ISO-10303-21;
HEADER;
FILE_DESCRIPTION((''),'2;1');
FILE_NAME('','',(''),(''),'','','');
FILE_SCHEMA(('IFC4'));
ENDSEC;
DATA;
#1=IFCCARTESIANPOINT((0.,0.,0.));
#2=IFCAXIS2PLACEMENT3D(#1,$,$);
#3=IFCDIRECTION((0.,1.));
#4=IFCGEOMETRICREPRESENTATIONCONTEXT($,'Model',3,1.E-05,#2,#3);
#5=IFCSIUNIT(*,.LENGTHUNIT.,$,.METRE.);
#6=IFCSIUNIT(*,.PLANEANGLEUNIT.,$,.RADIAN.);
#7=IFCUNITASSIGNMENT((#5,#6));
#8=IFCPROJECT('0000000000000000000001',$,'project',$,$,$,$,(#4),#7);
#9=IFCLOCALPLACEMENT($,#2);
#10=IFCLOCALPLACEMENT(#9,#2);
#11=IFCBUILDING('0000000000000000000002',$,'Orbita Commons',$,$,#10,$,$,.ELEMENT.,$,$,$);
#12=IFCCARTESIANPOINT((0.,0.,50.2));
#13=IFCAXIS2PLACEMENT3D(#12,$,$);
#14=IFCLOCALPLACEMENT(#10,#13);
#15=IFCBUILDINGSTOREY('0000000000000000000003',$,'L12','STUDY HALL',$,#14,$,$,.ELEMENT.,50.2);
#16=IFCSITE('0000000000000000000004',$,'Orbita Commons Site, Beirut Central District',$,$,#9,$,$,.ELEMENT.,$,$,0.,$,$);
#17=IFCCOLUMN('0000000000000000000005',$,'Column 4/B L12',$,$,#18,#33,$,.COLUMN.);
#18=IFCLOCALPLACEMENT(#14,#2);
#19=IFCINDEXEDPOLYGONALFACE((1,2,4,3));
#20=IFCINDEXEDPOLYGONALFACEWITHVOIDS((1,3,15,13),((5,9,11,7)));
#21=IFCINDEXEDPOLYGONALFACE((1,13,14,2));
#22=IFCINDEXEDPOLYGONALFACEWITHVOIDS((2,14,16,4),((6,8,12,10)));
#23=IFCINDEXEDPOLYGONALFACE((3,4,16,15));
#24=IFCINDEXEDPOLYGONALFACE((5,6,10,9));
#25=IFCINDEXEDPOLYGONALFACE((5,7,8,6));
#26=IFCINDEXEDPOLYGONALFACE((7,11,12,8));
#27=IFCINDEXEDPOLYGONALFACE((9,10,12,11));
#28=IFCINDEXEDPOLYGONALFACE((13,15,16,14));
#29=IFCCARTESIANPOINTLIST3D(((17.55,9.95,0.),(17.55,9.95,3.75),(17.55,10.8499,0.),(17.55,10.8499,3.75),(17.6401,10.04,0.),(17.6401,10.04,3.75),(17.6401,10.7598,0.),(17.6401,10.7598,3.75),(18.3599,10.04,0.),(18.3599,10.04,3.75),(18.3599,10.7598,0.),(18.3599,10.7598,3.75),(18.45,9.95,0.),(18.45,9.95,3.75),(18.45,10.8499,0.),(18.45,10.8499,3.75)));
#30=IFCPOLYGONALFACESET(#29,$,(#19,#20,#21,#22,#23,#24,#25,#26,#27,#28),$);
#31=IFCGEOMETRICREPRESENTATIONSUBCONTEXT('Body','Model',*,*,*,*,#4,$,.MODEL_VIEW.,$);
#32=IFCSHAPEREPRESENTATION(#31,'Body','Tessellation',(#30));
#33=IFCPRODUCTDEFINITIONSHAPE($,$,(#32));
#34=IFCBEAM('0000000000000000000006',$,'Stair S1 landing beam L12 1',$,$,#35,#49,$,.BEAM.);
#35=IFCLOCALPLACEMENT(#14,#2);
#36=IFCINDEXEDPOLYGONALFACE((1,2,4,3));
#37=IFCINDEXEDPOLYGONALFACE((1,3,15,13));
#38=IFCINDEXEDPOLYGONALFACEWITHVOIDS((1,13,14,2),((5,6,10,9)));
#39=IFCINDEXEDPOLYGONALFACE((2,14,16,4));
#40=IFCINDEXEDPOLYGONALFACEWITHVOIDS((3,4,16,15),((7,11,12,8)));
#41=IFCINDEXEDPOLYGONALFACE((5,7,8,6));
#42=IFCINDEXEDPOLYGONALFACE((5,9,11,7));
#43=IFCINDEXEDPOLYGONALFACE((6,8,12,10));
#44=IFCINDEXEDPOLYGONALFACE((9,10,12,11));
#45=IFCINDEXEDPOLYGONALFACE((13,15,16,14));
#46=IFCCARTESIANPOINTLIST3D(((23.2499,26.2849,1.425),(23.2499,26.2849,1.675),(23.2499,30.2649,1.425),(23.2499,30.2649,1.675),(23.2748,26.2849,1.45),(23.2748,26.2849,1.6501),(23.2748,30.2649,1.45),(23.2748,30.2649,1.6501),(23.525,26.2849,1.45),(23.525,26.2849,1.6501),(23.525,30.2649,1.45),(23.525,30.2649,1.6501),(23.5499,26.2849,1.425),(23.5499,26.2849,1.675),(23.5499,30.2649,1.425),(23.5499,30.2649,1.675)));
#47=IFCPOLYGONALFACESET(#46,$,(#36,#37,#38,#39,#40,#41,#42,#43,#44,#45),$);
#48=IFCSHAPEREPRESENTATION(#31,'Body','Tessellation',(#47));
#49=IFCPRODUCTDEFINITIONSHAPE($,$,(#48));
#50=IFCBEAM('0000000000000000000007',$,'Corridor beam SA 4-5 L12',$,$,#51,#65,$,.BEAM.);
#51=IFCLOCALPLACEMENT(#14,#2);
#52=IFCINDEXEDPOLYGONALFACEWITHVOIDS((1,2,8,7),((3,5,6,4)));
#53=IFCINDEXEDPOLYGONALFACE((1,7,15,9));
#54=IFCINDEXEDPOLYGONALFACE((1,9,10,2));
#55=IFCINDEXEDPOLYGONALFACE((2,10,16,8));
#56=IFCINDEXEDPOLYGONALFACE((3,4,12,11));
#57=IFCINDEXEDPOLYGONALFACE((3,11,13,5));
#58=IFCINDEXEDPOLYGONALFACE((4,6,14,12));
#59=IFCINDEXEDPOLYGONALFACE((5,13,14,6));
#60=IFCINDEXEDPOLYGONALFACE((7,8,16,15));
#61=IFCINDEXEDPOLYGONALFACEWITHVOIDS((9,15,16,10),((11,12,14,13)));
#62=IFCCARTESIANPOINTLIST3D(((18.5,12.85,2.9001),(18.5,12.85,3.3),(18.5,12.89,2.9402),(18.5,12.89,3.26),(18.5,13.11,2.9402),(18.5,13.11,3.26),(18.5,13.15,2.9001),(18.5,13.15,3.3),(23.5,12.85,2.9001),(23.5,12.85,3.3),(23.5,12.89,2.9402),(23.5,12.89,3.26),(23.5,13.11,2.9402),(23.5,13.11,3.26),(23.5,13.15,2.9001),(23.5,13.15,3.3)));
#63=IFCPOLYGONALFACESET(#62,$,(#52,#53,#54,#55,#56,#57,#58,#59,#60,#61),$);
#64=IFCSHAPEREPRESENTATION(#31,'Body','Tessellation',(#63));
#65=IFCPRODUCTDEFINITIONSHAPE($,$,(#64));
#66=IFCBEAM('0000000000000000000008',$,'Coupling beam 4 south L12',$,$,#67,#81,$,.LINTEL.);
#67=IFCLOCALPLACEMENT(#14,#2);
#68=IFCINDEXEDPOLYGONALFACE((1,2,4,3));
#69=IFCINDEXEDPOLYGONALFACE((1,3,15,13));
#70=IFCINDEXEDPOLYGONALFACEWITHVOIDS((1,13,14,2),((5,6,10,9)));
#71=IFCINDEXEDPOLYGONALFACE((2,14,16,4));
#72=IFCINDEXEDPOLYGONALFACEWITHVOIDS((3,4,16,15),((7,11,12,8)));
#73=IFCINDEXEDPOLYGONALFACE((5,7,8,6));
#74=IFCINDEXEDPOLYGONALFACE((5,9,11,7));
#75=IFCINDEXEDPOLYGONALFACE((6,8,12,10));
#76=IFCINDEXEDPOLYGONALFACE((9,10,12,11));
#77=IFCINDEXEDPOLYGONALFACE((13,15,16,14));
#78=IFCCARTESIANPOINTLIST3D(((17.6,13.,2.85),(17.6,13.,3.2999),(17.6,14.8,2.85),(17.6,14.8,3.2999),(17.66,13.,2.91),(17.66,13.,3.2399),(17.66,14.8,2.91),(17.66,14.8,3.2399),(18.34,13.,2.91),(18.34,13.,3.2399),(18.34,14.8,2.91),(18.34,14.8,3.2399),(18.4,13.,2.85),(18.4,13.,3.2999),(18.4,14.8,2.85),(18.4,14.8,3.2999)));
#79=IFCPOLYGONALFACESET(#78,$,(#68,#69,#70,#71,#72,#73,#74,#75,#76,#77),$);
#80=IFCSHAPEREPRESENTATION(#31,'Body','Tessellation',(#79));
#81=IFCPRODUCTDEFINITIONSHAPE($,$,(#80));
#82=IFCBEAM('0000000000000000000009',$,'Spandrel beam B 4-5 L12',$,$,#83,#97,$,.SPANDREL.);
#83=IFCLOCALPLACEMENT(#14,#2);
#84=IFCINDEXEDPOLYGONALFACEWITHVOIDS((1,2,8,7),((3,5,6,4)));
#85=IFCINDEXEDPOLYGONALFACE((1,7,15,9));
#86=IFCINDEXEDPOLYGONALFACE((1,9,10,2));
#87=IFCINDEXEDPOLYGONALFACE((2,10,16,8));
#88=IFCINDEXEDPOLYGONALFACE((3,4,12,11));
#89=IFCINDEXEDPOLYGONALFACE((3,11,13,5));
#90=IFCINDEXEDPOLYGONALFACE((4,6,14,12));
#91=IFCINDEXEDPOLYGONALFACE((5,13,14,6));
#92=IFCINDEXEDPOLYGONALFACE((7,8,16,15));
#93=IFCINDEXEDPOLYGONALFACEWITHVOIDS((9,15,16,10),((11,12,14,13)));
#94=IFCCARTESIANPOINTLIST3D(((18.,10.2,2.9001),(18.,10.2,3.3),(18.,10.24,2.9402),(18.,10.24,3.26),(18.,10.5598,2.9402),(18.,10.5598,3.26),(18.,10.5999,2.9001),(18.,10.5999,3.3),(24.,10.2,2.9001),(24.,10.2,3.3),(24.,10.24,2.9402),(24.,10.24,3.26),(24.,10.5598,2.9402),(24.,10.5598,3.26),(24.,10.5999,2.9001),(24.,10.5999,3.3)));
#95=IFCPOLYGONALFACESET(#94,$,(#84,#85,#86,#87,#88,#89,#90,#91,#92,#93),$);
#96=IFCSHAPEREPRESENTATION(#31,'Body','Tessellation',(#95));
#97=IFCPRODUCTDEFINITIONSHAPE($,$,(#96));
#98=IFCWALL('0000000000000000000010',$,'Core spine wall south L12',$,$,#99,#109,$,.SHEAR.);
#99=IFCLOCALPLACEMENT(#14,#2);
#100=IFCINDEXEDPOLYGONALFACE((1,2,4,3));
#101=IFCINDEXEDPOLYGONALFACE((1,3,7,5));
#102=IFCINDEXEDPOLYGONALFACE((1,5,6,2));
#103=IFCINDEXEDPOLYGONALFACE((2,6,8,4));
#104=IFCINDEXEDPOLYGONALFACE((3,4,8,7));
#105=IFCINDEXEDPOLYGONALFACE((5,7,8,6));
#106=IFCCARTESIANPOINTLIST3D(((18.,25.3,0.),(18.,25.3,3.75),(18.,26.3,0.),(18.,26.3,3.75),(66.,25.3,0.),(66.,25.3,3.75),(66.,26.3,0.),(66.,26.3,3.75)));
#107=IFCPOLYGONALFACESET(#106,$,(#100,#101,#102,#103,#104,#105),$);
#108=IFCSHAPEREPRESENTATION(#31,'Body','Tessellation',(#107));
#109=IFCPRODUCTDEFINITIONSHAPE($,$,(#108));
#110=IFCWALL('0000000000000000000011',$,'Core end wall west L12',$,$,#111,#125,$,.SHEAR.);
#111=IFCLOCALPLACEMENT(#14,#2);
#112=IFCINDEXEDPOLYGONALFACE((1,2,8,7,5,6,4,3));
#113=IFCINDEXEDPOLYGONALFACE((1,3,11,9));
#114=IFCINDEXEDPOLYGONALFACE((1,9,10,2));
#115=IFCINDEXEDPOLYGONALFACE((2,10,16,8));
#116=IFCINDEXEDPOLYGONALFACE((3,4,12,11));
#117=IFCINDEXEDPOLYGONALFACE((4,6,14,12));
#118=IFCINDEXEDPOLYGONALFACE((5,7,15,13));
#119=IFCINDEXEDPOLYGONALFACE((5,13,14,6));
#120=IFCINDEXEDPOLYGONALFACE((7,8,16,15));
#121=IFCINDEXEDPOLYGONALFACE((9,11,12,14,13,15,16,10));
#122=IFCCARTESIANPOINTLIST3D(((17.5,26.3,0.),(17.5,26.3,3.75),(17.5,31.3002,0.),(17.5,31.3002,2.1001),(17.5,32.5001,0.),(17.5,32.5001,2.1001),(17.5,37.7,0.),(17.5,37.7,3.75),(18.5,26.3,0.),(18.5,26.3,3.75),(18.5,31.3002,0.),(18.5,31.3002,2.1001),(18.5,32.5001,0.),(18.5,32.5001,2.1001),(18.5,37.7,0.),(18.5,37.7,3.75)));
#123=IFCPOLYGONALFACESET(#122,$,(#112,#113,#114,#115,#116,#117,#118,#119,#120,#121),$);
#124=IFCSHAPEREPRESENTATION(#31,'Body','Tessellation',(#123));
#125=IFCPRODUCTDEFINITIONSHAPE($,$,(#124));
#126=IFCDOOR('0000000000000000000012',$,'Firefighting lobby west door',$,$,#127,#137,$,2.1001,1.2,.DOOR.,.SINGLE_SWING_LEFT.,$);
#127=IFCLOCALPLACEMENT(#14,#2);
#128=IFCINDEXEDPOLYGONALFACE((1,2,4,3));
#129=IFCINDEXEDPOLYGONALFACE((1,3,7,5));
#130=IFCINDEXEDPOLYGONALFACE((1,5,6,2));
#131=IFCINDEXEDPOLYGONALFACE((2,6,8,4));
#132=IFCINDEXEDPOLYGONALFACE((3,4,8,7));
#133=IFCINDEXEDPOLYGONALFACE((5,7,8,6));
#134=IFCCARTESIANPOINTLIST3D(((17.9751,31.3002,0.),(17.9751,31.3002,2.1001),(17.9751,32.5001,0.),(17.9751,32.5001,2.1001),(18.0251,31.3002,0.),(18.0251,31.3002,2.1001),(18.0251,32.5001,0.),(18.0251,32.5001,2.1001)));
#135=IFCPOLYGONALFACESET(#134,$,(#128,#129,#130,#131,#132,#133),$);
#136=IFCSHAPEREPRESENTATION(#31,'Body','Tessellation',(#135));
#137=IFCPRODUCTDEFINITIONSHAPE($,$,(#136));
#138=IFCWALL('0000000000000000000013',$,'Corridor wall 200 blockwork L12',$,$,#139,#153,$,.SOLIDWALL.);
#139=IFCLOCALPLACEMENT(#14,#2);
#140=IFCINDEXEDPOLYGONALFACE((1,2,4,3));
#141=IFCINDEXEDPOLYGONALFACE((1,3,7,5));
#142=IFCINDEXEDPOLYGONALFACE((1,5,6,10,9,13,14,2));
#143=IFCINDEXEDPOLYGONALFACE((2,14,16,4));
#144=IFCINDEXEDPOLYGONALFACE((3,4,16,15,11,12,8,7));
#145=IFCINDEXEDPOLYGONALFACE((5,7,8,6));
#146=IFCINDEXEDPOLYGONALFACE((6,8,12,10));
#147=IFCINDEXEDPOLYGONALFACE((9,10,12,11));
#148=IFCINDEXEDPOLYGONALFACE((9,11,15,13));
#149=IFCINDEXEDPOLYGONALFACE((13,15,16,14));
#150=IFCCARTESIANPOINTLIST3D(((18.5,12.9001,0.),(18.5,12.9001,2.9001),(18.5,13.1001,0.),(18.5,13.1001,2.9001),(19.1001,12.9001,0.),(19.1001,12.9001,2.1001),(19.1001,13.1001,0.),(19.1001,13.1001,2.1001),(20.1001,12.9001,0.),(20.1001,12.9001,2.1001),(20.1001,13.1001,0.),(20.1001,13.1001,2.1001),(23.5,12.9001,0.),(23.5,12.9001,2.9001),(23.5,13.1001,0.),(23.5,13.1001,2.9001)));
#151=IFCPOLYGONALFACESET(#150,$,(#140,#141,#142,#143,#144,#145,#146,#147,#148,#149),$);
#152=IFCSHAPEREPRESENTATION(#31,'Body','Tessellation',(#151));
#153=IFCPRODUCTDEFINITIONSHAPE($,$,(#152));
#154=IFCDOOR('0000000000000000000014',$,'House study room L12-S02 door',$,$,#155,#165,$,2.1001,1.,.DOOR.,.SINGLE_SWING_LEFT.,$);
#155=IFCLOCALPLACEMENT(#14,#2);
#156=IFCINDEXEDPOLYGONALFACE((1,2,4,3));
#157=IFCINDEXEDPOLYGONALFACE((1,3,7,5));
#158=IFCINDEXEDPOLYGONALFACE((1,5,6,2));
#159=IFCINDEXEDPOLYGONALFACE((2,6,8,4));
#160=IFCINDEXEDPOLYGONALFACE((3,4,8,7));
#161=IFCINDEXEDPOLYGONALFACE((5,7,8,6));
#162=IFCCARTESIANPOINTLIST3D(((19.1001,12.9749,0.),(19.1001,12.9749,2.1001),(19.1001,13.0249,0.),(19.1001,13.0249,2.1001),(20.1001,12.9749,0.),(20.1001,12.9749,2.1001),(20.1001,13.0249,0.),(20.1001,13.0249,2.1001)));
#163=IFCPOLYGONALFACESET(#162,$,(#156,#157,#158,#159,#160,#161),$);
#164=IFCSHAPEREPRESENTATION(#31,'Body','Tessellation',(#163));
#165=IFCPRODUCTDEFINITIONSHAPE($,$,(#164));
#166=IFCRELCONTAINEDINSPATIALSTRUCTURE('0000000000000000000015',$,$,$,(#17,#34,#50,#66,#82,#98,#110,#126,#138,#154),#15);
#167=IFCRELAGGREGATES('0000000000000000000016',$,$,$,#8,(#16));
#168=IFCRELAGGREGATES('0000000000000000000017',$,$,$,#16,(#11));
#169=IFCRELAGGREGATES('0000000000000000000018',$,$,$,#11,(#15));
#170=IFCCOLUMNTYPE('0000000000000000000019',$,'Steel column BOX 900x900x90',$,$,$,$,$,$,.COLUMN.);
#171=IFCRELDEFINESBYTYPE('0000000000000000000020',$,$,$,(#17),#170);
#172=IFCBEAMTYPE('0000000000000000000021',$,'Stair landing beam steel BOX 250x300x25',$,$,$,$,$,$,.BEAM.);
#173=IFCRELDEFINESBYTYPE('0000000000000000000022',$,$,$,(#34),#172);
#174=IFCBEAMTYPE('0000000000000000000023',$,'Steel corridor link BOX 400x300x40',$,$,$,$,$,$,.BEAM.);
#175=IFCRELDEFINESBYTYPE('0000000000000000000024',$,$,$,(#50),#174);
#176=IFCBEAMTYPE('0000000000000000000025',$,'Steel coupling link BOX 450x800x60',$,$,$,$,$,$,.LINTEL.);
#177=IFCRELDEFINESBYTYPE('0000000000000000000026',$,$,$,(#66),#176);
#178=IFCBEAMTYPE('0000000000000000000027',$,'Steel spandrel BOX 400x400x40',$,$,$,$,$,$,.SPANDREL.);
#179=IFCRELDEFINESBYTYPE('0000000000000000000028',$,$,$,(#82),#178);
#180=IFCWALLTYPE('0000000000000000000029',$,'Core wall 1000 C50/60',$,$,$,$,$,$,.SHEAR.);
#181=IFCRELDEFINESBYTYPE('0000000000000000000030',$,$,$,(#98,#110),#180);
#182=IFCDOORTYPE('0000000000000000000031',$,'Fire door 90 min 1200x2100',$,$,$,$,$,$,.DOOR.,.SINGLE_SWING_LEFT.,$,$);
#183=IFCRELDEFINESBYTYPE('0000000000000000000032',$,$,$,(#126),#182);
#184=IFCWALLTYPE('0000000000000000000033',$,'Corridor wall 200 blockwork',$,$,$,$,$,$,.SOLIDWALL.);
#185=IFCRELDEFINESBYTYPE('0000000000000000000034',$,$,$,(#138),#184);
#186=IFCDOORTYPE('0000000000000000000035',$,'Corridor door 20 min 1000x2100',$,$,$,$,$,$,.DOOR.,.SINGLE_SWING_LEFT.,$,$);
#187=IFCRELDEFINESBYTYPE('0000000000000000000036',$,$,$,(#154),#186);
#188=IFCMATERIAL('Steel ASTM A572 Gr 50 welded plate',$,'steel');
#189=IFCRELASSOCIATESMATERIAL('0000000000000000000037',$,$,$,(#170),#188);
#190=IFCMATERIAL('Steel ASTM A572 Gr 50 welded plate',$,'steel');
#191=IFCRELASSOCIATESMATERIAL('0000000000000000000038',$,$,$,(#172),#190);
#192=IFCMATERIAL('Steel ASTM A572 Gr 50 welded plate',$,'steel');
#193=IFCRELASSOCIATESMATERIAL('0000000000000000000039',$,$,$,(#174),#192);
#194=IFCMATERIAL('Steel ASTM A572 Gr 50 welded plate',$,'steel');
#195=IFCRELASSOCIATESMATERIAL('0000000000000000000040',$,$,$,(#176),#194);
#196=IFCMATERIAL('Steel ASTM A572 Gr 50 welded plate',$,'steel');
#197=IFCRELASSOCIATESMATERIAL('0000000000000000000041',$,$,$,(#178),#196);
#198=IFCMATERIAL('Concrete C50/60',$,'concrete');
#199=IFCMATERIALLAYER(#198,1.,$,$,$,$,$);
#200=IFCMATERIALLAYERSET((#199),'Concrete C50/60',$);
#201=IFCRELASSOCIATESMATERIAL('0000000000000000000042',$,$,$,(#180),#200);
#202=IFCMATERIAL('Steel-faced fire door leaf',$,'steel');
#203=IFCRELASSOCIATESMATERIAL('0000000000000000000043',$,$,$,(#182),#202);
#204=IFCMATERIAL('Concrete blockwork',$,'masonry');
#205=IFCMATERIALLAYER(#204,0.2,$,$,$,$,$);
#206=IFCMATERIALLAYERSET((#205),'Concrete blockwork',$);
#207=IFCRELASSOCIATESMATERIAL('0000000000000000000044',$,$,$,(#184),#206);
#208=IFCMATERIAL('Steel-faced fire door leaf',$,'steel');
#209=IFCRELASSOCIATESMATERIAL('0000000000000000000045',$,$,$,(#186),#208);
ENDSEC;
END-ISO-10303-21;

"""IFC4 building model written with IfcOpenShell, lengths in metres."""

from ifc_helpers import new_model, si_unit, direction, frame, frame_2d, origin, origin_2d, place, context, subcontext, project, spatial, polyline, rectangle, hollow_rectangle, outline, extrude, material, layer, layer_set, material_profile, profile_set, type_object, element, fill, save


model = new_model("IFC4")

# Units and contexts
model_context = context("Model", 3, precision=1e-05, world=origin(), true_north=direction((0.0, 1.0)))
body_context = subcontext(model_context, "Body", "Model", "MODEL_VIEW")
ifc_project = project(units=[si_unit("LENGTHUNIT", "METRE"), si_unit("PLANEANGLEUNIT", "RADIAN")], contexts=[model_context])

# Site, building, storey
site_placement = place(None, origin())
site = spatial("IfcSite", under=ifc_project, at=site_placement, Name="Orbita Commons Site, Beirut Central District", CompositionType="ELEMENT", RefElevation=0.0)
building_placement = place(site_placement, origin())
building = spatial("IfcBuilding", under=site, at=building_placement, Name="Orbita Commons", CompositionType="ELEMENT")
storey_placement = place(building_placement, frame((0.0, 0.0, 50.2)))
storey = spatial("IfcBuildingStorey", under=building, at=storey_placement, Name="L12", Description="STUDY HALL", CompositionType="ELEMENT", Elevation=50.2)

# Column
ifc_material_1 = material(Name="Steel ASTM A572 Gr 50 welded plate", Category="steel")
ifc_material_profile_1 = material_profile(ifc_material_1, hollow_rectangle(XDim=0.8999, YDim=0.8999, WallThickness=0.0901, at=origin_2d()), Name="BOX 900x900x90")
ifc_profile_set_1 = profile_set([ifc_material_profile_1], Name="Steel ASTM A572 Gr 50 welded plate")
column_type = type_object("IfcColumnType", Name="Steel column BOX 900x900x90", PredefinedType="COLUMN", material=ifc_profile_set_1)
column_placement = place(storey_placement, frame((18.0, 10.3999, 0.0), z_axis=(0.0, 0.0, 1.0), x_axis=(1.0, 0.0, 0.0)))
element("IfcColumn", 1, at=column_placement, inside=storey, type_object=column_type, Name="Column 4/B L12", PredefinedType="COLUMN", context=body_context, shape_type="SweptSolid", body=[
    extrude(hollow_rectangle(XDim=0.8999, YDim=0.8999, WallThickness=0.0901, at=origin_2d()), origin(), (0.0, 0.0, 1.0), 3.75),
])

# Beams
ifc_material_2 = material(Name="Steel ASTM A572 Gr 50 welded plate", Category="steel")
ifc_material_profile_2 = material_profile(ifc_material_2, hollow_rectangle(XDim=0.3, YDim=0.25, WallThickness=0.0249, at=origin_2d()), Name="BOX 250x300x25")
ifc_profile_set_2 = profile_set([ifc_material_profile_2], Name="Steel ASTM A572 Gr 50 welded plate")
beam_type_1 = type_object("IfcBeamType", Name="Stair landing beam steel BOX 250x300x25", PredefinedType="BEAM", material=ifc_profile_set_2)
beam_1_placement = place(storey_placement, frame((23.3999, 26.2849, 1.55), z_axis=(0.0, 1.0, 0.0), x_axis=(-1.0, 0.0, 0.0)))
element("IfcBeam", 2, at=beam_1_placement, inside=storey, type_object=beam_type_1, Name="Stair S1 landing beam L12 1", PredefinedType="BEAM", context=body_context, shape_type="SweptSolid", body=[
    extrude(hollow_rectangle(XDim=0.3, YDim=0.25, WallThickness=0.0249, at=origin_2d()), origin(), (0.0, 0.0, 1.0), 3.98),
])
ifc_material_3 = material(Name="Steel ASTM A572 Gr 50 welded plate", Category="steel")
ifc_material_profile_3 = material_profile(ifc_material_3, hollow_rectangle(XDim=0.3, YDim=0.3999, WallThickness=0.04, at=origin_2d()), Name="BOX 400x300x40")
ifc_profile_set_3 = profile_set([ifc_material_profile_3], Name="Steel ASTM A572 Gr 50 welded plate")
beam_type_2 = type_object("IfcBeamType", Name="Steel corridor link BOX 400x300x40", PredefinedType="BEAM", material=ifc_profile_set_3)
beam_2_placement = place(storey_placement, frame((18.5, 13.0, 3.1001), z_axis=(1.0, 0.0, 0.0), x_axis=(0.0, 1.0, 0.0)))
element("IfcBeam", 3, at=beam_2_placement, inside=storey, type_object=beam_type_2, Name="Corridor beam SA 4-5 L12", PredefinedType="BEAM", context=body_context, shape_type="SweptSolid", body=[
    extrude(hollow_rectangle(XDim=0.3, YDim=0.3999, WallThickness=0.04, at=origin_2d()), origin(), (0.0, 0.0, 1.0), 5.0),
])
ifc_material_4 = material(Name="Steel ASTM A572 Gr 50 welded plate", Category="steel")
ifc_material_profile_4 = material_profile(ifc_material_4, hollow_rectangle(XDim=0.8, YDim=0.45, WallThickness=0.0601, at=origin_2d()), Name="BOX 450x800x60")
ifc_profile_set_4 = profile_set([ifc_material_profile_4], Name="Steel ASTM A572 Gr 50 welded plate")
beam_type_3 = type_object("IfcBeamType", Name="Steel coupling link BOX 450x800x60", PredefinedType="LINTEL", material=ifc_profile_set_4)
beam_3_placement = place(storey_placement, frame((18.0, 13.0, 3.075), z_axis=(0.0, 1.0, 0.0), x_axis=(-1.0, 0.0, 0.0)))
element("IfcBeam", 4, at=beam_3_placement, inside=storey, type_object=beam_type_3, Name="Coupling beam 4 south L12", PredefinedType="LINTEL", context=body_context, shape_type="SweptSolid", body=[
    extrude(hollow_rectangle(XDim=0.8, YDim=0.45, WallThickness=0.0601, at=origin_2d()), origin(), (0.0, 0.0, 1.0), 1.8),
])
ifc_material_5 = material(Name="Steel ASTM A572 Gr 50 welded plate", Category="steel")
ifc_material_profile_5 = material_profile(ifc_material_5, hollow_rectangle(XDim=0.3999, YDim=0.3999, WallThickness=0.04, at=origin_2d()), Name="BOX 400x400x40")
ifc_profile_set_5 = profile_set([ifc_material_profile_5], Name="Steel ASTM A572 Gr 50 welded plate")
beam_type_4 = type_object("IfcBeamType", Name="Steel spandrel BOX 400x400x40", PredefinedType="SPANDREL", material=ifc_profile_set_5)
beam_4_placement = place(storey_placement, frame((18.0, 10.3999, 3.1001), z_axis=(1.0, 0.0, 0.0), x_axis=(0.0, 1.0, 0.0)))
element("IfcBeam", 5, at=beam_4_placement, inside=storey, type_object=beam_type_4, Name="Spandrel beam B 4-5 L12", PredefinedType="SPANDREL", context=body_context, shape_type="SweptSolid", body=[
    extrude(hollow_rectangle(XDim=0.3999, YDim=0.3999, WallThickness=0.04, at=origin_2d()), origin(), (0.0, 0.0, 1.0), 6.0),
])

# Wall
ifc_material_6 = material(Name="Concrete C50/60", Category="concrete")
ifc_layer_1 = layer(ifc_material_6, 1.0)
ifc_layer_set_1 = layer_set([ifc_layer_1], Name="Concrete C50/60")
wall_type_1 = type_object("IfcWallType", Name="Core wall 1000 C50/60", PredefinedType="SHEAR", material=ifc_layer_set_1)
wall_1_placement = place(storey_placement, frame((18.0, 25.8, 0.0), z_axis=(0.0, 0.0, 1.0), x_axis=(1.0, 0.0, 0.0)))
element("IfcWall", 6, at=wall_1_placement, inside=storey, type_object=wall_type_1, Name="Core spine wall south L12", PredefinedType="SHEAR", context=body_context, shape_type="SweptSolid", body=[
    extrude(rectangle(XDim=48.0, YDim=1.0, at=frame_2d((24.0, 0.0))), origin(), (0.0, 0.0, 1.0), 3.75),
])

# Walls, openings, doors
wall_2_placement = place(storey_placement, frame((18.0, 26.3, 0.0), z_axis=(0.0, 0.0, 1.0), x_axis=(0.0, 1.0, 0.0)))
wall_2 = element("IfcWall", 7, at=wall_2_placement, inside=storey, type_object=wall_type_1, Name="Core end wall west L12", PredefinedType="SHEAR", context=body_context, shape_type="SweptSolid", body=[
    extrude(rectangle(XDim=11.3999, YDim=1.0, at=frame_2d((5.7, 0.0))), origin(), (0.0, 0.0, 1.0), 3.75),
])
opening_1_placement = place(wall_2_placement, frame((5.0, 0.0, 0.0)))
opening_1 = element("IfcOpeningElement", 8, at=opening_1_placement, cuts=wall_2, PredefinedType="OPENING", context=body_context, shape_type="SweptSolid", body=[
    extrude(rectangle(XDim=1.2, YDim=2.1001, at=frame_2d((0.6001, 1.05))), frame((0.0, 0.51, 0.0), z_axis=(0.0, -1.0, 0.0), x_axis=(1.0, 0.0, 0.0)), (0.0, 0.0, 1.0), 1.02),
])
ifc_material_7 = material(Name="Steel-faced fire door leaf", Category="steel")
door_type_1 = type_object("IfcDoorType", Name="Fire door 90 min 1200x2100", OperationType="SINGLE_SWING_LEFT", PredefinedType="DOOR", material=ifc_material_7)
door_1_placement = place(opening_1_placement, origin())
door_1 = element("IfcDoor", 9, at=door_1_placement, inside=storey, type_object=door_type_1, Name="Firefighting lobby west door", OperationType="SINGLE_SWING_LEFT", OverallHeight=2.1001, OverallWidth=1.2, PredefinedType="DOOR", context=body_context, shape_type="SweptSolid", body=[
    extrude(rectangle(XDim=1.2, YDim=2.1001, at=frame_2d((0.6001, 1.05))), frame((0.0, 0.0249, 0.0), z_axis=(0.0, -1.0, 0.0), x_axis=(1.0, 0.0, 0.0)), (0.0, 0.0, 1.0), 0.05),
])
fill(opening_1, door_1)
ifc_material_8 = material(Name="Concrete blockwork", Category="masonry")
ifc_layer_2 = layer(ifc_material_8, 0.2)
ifc_layer_set_2 = layer_set([ifc_layer_2], Name="Concrete blockwork")
wall_type_2 = type_object("IfcWallType", Name="Corridor wall 200 blockwork", PredefinedType="SOLIDWALL", material=ifc_layer_set_2)
wall_3_placement = place(storey_placement, frame((18.5, 13.0, 0.0), z_axis=(0.0, 0.0, 1.0), x_axis=(1.0, 0.0, 0.0)))
wall_3 = element("IfcWall", 10, at=wall_3_placement, inside=storey, type_object=wall_type_2, Name="Corridor wall 200 blockwork L12", PredefinedType="SOLIDWALL", context=body_context, shape_type="SweptSolid", body=[
    extrude(outline(polyline([(0.0, 0.0), (5.0, 0.0), (5.0, 2.9001), (0.0, 2.9001), (0.0, 0.0)])), frame((0.0, 0.1001, 0.0), z_axis=(0.0, -1.0, 0.0), x_axis=(1.0, 0.0, 0.0)), (0.0, 0.0, 1.0), 0.2),
])
opening_2_placement = place(wall_3_placement, frame((0.6001, 0.0, 0.0)))
opening_2 = element("IfcOpeningElement", 11, at=opening_2_placement, cuts=wall_3, PredefinedType="OPENING", context=body_context, shape_type="SweptSolid", body=[
    extrude(rectangle(XDim=1.0, YDim=2.1001, at=frame_2d((0.5, 1.05))), frame((0.0, 0.1099, 0.0), z_axis=(0.0, -1.0, 0.0), x_axis=(1.0, 0.0, 0.0)), (0.0, 0.0, 1.0), 0.22),
])
ifc_material_9 = material(Name="Steel-faced fire door leaf", Category="steel")
door_type_2 = type_object("IfcDoorType", Name="Corridor door 20 min 1000x2100", OperationType="SINGLE_SWING_LEFT", PredefinedType="DOOR", material=ifc_material_9)
door_2_placement = place(opening_2_placement, origin())
door_2 = element("IfcDoor", 12, at=door_2_placement, inside=storey, type_object=door_type_2, Name="House study room L12-S02 door", OperationType="SINGLE_SWING_LEFT", OverallHeight=2.1001, OverallWidth=1.0, PredefinedType="DOOR", context=body_context, shape_type="SweptSolid", body=[
    extrude(rectangle(XDim=1.0, YDim=2.1001, at=frame_2d((0.5, 1.05))), frame((0.0, 0.0249, 0.0), z_axis=(0.0, -1.0, 0.0), x_axis=(1.0, 0.0, 0.0)), (0.0, 0.0, 1.0), 0.05),
])
fill(opening_2, door_2)

save(model, "model.ifc")
